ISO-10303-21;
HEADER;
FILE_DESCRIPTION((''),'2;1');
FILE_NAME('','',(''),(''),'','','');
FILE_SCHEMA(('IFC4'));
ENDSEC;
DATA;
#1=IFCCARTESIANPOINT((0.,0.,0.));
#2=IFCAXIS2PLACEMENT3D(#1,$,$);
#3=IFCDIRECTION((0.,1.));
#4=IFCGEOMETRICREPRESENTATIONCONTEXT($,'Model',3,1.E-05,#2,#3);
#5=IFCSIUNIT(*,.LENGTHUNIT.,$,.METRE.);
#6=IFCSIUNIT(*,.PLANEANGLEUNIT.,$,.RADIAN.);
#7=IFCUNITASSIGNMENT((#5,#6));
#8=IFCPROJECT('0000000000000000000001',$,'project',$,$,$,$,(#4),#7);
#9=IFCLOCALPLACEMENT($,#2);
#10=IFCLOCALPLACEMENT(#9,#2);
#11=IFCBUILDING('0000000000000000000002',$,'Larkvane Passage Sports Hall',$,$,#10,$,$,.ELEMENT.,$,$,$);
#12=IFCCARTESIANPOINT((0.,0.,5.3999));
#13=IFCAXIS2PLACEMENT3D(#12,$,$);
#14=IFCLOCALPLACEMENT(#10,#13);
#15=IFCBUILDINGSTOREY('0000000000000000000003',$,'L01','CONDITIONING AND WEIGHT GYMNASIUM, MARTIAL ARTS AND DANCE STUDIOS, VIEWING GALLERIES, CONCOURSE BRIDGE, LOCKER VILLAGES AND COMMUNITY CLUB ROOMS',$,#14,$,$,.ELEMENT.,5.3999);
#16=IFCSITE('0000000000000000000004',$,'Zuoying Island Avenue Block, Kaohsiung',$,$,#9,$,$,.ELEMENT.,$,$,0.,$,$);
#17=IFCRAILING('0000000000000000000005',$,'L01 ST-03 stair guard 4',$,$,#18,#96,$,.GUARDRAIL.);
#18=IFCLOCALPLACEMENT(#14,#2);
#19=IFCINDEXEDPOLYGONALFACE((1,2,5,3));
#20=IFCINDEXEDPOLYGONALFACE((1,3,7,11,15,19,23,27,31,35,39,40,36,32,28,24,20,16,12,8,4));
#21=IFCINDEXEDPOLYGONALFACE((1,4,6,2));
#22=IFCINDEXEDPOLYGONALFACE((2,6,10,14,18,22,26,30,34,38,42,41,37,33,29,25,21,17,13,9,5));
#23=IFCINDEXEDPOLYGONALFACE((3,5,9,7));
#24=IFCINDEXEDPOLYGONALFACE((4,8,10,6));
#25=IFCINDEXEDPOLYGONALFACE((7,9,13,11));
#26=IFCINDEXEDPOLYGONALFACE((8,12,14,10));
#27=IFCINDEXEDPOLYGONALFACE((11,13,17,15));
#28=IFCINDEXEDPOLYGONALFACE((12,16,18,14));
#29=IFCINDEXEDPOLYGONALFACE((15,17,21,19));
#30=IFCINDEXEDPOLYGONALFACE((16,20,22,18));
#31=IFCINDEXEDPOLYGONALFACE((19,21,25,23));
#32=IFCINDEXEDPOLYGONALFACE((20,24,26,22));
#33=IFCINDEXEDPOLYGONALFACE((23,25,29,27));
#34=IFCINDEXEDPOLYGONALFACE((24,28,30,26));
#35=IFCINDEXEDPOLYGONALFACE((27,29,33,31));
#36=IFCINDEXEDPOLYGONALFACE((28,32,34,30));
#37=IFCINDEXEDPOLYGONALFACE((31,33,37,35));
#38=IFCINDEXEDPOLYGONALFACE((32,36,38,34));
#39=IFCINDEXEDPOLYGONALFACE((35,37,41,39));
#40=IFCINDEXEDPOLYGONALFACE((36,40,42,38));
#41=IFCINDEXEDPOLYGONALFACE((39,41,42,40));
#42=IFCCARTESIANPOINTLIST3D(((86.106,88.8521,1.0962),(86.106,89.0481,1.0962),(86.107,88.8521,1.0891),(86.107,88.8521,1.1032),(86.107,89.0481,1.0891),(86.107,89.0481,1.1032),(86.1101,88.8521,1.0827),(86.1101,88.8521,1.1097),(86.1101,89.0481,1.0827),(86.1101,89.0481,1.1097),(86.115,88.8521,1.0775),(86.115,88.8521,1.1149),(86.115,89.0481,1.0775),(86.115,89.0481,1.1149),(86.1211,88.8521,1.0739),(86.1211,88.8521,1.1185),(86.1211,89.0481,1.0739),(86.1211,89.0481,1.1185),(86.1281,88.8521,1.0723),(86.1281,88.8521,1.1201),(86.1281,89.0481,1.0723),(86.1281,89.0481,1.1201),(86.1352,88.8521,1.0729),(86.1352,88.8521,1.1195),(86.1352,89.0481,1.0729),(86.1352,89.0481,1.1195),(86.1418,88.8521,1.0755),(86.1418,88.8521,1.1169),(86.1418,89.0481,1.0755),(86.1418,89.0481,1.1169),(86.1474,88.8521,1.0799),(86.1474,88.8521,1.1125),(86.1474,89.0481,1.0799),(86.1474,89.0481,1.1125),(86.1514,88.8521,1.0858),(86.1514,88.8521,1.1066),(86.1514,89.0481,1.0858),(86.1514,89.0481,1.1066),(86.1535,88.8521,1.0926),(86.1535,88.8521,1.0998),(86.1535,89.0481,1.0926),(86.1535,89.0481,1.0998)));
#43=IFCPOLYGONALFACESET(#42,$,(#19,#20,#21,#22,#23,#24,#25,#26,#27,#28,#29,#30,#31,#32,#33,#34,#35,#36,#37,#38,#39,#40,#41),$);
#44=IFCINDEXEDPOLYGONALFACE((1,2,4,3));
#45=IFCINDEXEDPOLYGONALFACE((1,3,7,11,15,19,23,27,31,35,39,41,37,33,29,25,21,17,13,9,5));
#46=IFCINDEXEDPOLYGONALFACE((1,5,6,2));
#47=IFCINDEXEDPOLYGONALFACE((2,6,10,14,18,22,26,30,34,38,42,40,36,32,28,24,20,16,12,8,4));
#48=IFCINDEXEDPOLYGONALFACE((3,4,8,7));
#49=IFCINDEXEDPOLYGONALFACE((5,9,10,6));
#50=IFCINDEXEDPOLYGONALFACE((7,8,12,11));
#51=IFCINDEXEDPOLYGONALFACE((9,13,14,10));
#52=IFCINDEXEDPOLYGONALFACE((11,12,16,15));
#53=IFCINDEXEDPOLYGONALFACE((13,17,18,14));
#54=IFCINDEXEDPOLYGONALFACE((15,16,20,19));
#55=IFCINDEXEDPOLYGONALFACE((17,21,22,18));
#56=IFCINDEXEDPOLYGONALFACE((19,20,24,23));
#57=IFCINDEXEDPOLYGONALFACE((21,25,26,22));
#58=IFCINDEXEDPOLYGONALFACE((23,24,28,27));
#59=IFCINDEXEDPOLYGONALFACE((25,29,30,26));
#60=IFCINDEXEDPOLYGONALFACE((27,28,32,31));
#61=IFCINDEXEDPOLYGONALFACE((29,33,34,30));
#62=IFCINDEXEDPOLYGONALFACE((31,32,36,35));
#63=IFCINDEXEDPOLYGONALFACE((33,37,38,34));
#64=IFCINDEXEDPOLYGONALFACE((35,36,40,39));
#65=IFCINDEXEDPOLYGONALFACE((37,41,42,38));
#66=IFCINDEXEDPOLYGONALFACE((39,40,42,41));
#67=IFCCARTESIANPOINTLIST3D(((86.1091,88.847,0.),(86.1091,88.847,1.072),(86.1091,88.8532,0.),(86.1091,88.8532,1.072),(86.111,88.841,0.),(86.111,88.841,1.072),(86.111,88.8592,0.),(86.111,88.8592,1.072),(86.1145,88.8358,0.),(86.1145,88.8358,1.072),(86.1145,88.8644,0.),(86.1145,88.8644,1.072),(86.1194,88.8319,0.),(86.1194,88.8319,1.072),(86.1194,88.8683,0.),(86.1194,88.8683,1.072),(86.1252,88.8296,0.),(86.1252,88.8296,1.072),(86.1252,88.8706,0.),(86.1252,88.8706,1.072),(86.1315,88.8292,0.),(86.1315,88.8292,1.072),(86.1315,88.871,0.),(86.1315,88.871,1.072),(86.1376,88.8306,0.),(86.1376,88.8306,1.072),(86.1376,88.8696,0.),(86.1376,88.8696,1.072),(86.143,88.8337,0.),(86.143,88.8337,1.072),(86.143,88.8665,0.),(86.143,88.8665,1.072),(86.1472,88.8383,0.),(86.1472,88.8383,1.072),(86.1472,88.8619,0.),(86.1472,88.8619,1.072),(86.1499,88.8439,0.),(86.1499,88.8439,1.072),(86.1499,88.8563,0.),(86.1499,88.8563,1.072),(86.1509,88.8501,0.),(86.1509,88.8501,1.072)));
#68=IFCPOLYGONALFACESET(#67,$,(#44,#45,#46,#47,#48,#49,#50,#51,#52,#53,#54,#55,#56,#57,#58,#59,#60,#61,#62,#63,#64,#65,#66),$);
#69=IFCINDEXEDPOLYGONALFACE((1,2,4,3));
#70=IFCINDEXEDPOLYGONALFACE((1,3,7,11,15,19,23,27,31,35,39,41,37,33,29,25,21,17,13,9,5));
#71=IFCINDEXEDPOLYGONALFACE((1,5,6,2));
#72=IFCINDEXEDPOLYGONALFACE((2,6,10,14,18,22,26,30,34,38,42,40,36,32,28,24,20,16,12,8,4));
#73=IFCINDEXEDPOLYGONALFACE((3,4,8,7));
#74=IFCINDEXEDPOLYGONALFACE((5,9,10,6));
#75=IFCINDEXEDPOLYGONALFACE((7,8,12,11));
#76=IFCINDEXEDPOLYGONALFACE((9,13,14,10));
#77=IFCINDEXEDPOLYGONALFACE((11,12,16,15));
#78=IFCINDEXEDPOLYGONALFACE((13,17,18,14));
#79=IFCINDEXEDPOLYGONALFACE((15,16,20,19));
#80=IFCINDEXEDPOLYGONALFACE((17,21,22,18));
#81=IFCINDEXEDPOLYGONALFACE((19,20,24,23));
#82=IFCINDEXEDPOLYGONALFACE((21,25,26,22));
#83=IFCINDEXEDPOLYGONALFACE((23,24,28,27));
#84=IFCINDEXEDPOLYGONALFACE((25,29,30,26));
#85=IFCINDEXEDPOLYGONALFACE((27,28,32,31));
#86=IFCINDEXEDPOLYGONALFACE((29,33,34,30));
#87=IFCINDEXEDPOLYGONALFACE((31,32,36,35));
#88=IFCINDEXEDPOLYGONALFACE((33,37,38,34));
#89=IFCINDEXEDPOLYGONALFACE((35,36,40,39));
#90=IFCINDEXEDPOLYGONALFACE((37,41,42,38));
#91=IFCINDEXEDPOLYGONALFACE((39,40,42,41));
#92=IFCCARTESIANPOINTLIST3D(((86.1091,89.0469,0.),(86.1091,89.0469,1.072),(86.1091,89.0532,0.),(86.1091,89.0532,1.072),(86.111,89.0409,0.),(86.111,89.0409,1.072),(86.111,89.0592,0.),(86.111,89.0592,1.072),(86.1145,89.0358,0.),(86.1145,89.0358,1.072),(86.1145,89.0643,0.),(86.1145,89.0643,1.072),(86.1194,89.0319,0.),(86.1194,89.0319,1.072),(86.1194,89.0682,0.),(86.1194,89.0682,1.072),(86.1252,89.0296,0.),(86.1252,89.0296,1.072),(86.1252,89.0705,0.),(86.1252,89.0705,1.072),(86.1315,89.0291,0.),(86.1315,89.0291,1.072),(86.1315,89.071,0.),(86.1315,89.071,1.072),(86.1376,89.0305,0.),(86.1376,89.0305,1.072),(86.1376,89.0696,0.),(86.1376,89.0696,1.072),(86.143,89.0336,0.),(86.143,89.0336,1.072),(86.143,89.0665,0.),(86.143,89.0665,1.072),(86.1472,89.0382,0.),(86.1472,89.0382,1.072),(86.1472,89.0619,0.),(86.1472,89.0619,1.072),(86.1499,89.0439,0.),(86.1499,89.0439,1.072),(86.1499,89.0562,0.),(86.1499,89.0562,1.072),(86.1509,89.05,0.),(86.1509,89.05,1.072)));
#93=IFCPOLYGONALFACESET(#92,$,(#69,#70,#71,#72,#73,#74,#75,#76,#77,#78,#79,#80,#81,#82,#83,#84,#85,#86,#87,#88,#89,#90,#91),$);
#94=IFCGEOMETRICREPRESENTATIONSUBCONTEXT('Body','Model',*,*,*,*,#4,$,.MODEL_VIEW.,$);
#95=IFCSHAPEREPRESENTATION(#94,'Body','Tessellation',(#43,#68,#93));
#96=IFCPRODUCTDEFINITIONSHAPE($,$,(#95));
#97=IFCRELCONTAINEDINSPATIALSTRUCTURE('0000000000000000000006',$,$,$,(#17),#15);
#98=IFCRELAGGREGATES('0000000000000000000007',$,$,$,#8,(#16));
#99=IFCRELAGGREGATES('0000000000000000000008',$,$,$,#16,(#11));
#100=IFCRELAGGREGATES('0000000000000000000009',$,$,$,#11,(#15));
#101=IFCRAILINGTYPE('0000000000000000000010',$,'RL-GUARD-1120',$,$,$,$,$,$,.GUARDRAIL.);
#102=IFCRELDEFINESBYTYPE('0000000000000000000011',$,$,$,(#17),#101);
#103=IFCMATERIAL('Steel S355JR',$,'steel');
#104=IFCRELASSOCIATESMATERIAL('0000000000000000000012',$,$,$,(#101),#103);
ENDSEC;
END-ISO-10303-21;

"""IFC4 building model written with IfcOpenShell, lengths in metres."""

from ifc_helpers import new_model, si_unit, direction, frame, origin, origin_2d, place, context, subcontext, project, spatial, circle, extrude, material, type_object, element, save


model = new_model("IFC4")

# Units and contexts
model_context = context("Model", 3, precision=1e-05, world=origin(), true_north=direction((0.0, 1.0)))
body_context = subcontext(model_context, "Body", "Model", "MODEL_VIEW")
ifc_project = project(units=[si_unit("LENGTHUNIT", "METRE"), si_unit("PLANEANGLEUNIT", "RADIAN")], contexts=[model_context])

# Site, building, storey
site_placement = place(None, origin())
site = spatial("IfcSite", under=ifc_project, at=site_placement, Name="Zuoying Island Avenue Block, Kaohsiung", CompositionType="ELEMENT", RefElevation=0.0)
building_placement = place(site_placement, origin())
building = spatial("IfcBuilding", under=site, at=building_placement, Name="Larkvane Passage Sports Hall", CompositionType="ELEMENT")
storey_placement = place(building_placement, frame((0.0, 0.0, 5.3999)))
storey = spatial("IfcBuildingStorey", under=building, at=storey_placement, Name="L01", Description="CONDITIONING AND WEIGHT GYMNASIUM, MARTIAL ARTS AND DANCE STUDIOS, VIEWING GALLERIES, CONCOURSE BRIDGE, LOCKER VILLAGES AND COMMUNITY CLUB ROOMS", CompositionType="ELEMENT", Elevation=5.3999)

# Shared definitions
ifc_material_1 = material(Name="Steel S355JR", Category="steel")

# Railing
railing_type_1 = type_object("IfcRailingType", Name="RL-GUARD-1120", PredefinedType="GUARDRAIL", material=ifc_material_1)
railing_1_placement = place(storey_placement, frame((86.1299, 88.8501, 0.0)))
element("IfcRailing", 1, at=railing_1_placement, inside=storey, type_object=railing_type_1, Name="L01 ST-03 stair guard 4", PredefinedType="GUARDRAIL", context=body_context, shape_type="SweptSolid", body=[
    extrude(circle(Radius=0.0239, at=origin_2d()), frame((0.0, 0.002, 1.0962), z_axis=(0.0, 1.0, 0.0), x_axis=(-1.0, 0.0, 0.0)), (0.0, 0.0, 1.0), 0.196),
    extrude(circle(Radius=0.021, at=origin_2d()), origin(), (0.0, 0.0, 1.0), 1.072),
    extrude(circle(Radius=0.021, at=origin_2d()), frame((0.0, 0.2, 0.0)), (0.0, 0.0, 1.0), 1.072),
])

save(model, "model.ifc")
